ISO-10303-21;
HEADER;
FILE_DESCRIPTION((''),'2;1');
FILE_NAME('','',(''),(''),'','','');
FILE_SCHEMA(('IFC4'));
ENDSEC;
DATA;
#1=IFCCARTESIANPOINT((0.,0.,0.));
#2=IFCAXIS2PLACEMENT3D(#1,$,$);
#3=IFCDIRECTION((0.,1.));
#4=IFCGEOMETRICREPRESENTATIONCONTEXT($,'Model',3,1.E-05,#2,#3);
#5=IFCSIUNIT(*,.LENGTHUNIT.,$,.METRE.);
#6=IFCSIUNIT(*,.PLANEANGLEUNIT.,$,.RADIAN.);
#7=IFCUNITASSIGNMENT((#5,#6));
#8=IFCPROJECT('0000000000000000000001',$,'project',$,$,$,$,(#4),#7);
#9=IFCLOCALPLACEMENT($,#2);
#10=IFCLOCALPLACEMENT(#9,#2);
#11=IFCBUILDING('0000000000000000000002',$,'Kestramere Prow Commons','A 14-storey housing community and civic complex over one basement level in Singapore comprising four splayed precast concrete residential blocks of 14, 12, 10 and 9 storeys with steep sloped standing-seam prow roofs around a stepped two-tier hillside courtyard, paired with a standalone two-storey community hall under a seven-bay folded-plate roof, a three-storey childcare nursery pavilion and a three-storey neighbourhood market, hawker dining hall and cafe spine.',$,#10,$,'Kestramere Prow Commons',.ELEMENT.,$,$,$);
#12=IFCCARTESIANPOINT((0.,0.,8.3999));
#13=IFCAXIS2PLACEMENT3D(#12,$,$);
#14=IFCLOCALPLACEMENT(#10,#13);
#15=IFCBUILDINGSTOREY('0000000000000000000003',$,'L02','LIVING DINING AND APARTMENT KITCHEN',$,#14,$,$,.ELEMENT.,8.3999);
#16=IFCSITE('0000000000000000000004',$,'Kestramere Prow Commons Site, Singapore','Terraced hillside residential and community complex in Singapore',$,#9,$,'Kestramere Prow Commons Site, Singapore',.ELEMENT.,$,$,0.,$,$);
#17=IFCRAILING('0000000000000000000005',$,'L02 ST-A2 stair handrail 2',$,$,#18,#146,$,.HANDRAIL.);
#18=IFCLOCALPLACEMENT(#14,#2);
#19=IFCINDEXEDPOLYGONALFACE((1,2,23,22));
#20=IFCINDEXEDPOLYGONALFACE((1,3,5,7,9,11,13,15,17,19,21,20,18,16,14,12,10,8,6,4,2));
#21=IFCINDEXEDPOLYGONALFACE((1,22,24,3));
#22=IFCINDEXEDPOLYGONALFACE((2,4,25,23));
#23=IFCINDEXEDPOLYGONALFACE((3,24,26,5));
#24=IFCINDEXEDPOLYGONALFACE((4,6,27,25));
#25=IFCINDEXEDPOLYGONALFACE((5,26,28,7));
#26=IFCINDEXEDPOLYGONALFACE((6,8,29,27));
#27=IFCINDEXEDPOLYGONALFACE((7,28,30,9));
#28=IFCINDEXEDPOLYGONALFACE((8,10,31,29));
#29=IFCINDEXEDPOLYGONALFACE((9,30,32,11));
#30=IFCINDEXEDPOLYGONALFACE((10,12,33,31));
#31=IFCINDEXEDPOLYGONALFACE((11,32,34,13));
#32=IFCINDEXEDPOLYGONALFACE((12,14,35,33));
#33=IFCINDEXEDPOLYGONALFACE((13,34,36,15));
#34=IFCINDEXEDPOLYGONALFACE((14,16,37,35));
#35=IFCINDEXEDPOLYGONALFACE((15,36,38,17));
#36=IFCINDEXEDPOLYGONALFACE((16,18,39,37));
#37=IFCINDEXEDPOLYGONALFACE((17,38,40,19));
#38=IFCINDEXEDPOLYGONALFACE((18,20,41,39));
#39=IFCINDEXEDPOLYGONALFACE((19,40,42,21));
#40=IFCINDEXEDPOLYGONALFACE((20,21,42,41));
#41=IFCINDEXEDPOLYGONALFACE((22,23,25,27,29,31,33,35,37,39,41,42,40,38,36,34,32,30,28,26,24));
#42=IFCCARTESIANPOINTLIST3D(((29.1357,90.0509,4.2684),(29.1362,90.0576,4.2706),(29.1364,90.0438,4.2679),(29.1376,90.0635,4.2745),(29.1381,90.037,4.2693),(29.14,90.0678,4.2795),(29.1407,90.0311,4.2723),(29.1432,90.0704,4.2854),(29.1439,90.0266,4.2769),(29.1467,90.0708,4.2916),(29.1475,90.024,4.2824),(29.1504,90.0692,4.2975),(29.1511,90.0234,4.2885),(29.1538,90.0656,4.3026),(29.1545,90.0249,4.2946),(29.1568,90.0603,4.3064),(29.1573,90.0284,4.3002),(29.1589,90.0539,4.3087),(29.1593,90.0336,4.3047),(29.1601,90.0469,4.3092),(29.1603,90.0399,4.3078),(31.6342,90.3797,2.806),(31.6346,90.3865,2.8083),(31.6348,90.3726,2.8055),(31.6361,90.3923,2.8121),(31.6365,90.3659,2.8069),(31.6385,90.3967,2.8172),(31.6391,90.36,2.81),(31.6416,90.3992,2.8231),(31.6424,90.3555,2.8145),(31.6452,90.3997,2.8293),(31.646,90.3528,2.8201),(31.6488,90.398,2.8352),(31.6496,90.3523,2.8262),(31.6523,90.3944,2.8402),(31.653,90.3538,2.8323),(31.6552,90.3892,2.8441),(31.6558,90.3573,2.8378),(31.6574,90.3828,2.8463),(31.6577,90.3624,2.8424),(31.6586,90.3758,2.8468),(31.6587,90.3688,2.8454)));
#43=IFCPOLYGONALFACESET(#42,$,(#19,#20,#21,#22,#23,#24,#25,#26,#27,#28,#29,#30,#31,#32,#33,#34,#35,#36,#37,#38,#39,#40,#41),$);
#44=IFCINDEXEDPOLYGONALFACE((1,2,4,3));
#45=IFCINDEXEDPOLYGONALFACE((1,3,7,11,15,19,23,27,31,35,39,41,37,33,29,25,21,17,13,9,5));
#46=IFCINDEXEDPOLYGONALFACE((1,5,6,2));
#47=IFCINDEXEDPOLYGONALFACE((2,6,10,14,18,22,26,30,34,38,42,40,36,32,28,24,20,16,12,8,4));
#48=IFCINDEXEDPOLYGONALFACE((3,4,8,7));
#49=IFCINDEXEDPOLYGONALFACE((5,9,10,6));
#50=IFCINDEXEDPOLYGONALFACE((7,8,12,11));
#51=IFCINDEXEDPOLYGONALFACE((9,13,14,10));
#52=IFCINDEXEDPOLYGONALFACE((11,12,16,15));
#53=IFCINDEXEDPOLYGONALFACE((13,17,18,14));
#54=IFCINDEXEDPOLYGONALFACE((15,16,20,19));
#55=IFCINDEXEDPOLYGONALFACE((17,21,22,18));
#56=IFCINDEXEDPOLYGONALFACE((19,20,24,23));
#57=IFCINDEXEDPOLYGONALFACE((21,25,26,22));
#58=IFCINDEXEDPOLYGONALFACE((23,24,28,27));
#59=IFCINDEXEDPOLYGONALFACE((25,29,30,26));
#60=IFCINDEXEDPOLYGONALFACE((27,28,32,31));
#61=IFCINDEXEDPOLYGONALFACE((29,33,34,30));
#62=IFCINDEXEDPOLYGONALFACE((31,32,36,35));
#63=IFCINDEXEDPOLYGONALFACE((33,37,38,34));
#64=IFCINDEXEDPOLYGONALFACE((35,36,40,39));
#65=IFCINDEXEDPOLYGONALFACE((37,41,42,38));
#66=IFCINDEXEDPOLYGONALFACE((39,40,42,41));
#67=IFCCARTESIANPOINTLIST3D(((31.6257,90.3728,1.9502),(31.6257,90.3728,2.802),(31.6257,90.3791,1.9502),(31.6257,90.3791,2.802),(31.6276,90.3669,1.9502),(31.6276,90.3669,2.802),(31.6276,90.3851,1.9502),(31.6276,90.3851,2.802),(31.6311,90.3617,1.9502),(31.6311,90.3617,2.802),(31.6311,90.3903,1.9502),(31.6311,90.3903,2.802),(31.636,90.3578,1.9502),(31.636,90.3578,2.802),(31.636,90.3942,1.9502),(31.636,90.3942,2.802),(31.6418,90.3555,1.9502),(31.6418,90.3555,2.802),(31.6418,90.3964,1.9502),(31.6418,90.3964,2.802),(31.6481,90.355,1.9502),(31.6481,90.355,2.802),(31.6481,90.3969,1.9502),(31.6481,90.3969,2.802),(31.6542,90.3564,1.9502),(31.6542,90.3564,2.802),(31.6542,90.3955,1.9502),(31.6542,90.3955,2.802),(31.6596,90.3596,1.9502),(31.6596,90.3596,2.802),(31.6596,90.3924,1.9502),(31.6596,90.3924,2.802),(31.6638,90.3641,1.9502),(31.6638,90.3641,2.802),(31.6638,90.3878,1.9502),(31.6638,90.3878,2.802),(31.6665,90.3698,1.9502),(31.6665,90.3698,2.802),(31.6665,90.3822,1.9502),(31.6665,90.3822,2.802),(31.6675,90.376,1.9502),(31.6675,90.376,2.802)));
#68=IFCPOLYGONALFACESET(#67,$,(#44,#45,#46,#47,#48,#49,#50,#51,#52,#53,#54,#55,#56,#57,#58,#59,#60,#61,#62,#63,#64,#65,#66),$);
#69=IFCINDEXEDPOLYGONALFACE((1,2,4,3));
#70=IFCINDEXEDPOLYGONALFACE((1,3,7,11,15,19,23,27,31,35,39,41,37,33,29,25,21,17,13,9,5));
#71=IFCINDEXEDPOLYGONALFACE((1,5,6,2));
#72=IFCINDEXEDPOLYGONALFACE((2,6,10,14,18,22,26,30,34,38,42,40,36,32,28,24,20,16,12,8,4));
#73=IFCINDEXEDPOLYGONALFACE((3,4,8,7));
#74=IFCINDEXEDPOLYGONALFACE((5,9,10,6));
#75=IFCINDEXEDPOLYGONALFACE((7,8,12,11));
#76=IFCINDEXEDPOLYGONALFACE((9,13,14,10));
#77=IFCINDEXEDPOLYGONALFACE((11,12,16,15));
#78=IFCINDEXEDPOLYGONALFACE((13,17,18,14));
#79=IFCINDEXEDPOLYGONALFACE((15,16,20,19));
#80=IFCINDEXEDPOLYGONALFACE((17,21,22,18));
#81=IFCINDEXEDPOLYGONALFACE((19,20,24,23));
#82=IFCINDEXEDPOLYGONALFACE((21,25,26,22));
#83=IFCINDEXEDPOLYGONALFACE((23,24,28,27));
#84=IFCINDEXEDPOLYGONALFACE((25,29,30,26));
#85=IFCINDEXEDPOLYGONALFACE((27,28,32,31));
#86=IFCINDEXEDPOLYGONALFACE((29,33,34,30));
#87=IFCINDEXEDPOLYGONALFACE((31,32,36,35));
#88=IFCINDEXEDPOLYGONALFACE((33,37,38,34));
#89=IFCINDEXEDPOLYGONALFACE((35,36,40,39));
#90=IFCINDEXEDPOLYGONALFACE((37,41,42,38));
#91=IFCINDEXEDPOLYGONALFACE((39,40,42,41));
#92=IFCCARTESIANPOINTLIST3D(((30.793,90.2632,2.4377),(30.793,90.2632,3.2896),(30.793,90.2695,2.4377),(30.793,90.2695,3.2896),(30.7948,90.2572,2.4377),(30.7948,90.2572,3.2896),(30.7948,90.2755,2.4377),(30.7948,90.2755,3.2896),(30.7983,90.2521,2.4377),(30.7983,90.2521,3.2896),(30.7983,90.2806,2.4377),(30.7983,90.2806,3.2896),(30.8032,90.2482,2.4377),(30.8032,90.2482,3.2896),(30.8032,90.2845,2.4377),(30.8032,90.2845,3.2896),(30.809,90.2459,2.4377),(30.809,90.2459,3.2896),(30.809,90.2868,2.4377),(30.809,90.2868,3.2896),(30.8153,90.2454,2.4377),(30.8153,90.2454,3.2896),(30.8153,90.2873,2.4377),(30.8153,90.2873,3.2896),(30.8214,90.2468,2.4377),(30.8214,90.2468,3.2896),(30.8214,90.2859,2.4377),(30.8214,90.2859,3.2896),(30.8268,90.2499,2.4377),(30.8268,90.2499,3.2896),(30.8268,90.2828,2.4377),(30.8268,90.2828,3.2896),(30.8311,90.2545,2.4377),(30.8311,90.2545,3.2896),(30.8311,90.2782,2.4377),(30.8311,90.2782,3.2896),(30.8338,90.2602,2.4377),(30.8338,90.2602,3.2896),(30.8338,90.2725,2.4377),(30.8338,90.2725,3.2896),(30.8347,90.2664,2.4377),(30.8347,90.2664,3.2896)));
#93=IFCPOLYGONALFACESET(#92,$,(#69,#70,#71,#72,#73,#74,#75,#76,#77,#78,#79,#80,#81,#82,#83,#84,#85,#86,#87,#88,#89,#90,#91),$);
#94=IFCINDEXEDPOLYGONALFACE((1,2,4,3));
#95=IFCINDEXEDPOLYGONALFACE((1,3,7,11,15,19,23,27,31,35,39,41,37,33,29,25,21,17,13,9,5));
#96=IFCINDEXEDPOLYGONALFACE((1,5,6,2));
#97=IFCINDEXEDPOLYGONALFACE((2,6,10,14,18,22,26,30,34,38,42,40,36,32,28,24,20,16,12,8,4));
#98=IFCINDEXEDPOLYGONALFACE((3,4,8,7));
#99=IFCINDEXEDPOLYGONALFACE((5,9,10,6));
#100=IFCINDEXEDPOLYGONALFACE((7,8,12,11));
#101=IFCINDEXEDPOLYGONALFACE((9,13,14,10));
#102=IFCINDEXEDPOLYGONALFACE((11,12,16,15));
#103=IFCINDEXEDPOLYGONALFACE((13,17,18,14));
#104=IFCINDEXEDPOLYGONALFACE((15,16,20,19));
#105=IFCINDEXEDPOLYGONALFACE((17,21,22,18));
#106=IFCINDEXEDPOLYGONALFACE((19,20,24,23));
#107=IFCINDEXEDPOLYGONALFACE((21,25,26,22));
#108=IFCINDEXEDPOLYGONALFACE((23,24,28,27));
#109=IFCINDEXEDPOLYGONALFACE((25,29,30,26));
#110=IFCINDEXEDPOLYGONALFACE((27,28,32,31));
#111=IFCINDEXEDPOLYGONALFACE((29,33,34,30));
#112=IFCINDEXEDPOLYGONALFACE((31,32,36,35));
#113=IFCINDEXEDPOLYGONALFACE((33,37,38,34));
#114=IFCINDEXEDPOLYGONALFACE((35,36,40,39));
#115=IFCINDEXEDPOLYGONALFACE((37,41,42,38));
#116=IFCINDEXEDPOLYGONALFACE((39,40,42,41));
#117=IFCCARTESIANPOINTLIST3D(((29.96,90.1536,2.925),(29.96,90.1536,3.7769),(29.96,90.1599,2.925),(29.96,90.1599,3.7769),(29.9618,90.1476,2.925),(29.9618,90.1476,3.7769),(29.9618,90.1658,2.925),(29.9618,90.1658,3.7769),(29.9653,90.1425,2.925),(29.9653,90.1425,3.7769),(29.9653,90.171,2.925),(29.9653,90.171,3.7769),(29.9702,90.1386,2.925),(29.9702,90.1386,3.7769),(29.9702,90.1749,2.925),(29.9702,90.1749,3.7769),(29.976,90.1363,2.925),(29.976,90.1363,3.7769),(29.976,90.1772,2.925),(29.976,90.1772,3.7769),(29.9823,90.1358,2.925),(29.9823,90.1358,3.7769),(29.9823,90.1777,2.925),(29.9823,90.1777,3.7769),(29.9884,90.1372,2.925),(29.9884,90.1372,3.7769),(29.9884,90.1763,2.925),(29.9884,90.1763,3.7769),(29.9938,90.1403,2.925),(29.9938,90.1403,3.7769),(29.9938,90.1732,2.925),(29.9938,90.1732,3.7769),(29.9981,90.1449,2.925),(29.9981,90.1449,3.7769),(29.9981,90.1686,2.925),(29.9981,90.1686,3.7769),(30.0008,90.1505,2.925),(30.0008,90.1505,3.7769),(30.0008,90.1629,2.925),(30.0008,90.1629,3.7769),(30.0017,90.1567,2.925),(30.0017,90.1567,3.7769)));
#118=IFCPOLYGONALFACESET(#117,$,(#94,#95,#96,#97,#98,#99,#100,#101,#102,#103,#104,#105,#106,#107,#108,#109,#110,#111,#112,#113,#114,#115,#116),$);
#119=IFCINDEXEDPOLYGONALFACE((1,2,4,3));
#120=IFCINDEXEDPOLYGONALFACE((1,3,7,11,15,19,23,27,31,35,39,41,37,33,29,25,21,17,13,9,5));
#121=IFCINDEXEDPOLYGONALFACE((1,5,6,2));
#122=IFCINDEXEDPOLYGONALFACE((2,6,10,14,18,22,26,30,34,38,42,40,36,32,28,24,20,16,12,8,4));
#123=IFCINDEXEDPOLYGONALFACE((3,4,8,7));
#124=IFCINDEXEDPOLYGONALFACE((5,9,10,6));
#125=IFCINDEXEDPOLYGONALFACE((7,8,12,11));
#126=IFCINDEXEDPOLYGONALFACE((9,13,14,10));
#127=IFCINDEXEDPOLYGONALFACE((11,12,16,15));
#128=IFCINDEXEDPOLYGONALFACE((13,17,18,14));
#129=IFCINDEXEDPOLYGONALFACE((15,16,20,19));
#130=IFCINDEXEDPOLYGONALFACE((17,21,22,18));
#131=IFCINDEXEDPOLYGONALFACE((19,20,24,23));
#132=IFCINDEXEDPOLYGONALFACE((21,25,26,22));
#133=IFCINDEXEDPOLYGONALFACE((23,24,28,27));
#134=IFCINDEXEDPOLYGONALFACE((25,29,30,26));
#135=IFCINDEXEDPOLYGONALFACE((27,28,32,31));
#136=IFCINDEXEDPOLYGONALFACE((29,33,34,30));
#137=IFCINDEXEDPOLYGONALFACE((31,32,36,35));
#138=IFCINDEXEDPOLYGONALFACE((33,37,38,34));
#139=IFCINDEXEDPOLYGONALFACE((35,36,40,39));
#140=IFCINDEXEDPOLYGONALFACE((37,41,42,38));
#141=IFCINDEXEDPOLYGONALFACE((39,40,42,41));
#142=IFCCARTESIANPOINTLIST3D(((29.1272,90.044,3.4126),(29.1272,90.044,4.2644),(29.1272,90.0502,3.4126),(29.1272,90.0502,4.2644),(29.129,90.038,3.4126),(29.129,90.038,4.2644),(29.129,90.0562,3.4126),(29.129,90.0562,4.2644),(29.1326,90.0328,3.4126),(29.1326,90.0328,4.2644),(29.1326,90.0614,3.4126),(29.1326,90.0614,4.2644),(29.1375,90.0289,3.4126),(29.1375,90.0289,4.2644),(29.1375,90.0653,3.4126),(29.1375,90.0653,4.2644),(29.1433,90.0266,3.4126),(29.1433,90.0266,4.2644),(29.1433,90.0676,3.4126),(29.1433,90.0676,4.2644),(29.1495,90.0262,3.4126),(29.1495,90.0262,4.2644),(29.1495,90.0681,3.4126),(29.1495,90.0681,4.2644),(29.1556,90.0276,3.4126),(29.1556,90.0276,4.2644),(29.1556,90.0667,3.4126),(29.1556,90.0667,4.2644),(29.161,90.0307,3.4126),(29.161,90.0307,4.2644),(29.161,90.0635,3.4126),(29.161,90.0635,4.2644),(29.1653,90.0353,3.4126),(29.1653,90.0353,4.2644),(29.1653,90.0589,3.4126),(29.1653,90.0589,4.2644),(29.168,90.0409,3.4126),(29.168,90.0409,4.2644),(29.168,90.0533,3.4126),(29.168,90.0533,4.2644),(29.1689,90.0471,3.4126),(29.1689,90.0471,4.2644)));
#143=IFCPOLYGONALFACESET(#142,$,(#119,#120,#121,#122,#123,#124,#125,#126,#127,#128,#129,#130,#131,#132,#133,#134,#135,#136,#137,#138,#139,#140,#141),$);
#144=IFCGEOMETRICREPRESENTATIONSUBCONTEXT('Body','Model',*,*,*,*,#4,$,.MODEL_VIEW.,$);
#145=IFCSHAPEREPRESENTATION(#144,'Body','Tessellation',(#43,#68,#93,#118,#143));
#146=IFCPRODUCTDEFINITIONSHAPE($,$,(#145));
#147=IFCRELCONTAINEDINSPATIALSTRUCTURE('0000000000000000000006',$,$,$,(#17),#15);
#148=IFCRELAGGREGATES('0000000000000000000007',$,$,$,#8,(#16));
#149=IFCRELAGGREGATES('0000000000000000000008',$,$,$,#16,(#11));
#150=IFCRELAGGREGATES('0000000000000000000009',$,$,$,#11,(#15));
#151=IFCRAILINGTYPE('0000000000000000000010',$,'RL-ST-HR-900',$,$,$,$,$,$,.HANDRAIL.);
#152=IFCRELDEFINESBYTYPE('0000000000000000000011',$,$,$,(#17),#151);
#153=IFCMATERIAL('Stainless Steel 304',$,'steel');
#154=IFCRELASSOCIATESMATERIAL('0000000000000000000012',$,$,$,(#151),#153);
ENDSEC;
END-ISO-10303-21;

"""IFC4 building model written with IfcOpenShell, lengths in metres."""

from ifc_helpers import new_model, si_unit, direction, frame, origin, origin_2d, place, context, subcontext, project, spatial, circle, extrude, material, type_object, element, save


model = new_model("IFC4")

# Units and contexts
model_context = context("Model", 3, precision=1e-05, world=origin(), true_north=direction((0.0, 1.0)))
body_context = subcontext(model_context, "Body", "Model", "MODEL_VIEW")
ifc_project = project(units=[si_unit("LENGTHUNIT", "METRE"), si_unit("PLANEANGLEUNIT", "RADIAN")], contexts=[model_context])

# Site, building, storey
site_placement = place(None, origin())
site = spatial("IfcSite", under=ifc_project, at=site_placement, Name="Kestramere Prow Commons Site, Singapore", Description="Terraced hillside residential and community complex in Singapore", LongName="Kestramere Prow Commons Site, Singapore", CompositionType="ELEMENT", RefElevation=0.0)
building_placement = place(site_placement, origin())
building = spatial("IfcBuilding", under=site, at=building_placement, Name="Kestramere Prow Commons", Description="A 14-storey housing community and civic complex over one basement level in Singapore comprising four splayed precast concrete residential blocks of 14, 12, 10 and 9 storeys with steep sloped standing-seam prow roofs around a stepped two-tier hillside courtyard, paired with a standalone two-storey community hall under a seven-bay folded-plate roof, a three-storey childcare nursery pavilion and a three-storey neighbourhood market, hawker dining hall and cafe spine.", LongName="Kestramere Prow Commons", CompositionType="ELEMENT")
storey_placement = place(building_placement, frame((0.0, 0.0, 8.3999)))
storey = spatial("IfcBuildingStorey", under=building, at=storey_placement, Name="L02", Description="LIVING DINING AND APARTMENT KITCHEN", CompositionType="ELEMENT", Elevation=8.3999)

# Railing
ifc_material_1 = material(Name="Stainless Steel 304", Category="steel")
railing_type_1 = type_object("IfcRailingType", Name="RL-ST-HR-900", PredefinedType="HANDRAIL", material=ifc_material_1)
railing_1_placement = place(storey_placement, frame((31.6465, 90.376, 1.9502)))
element("IfcRailing", 1, at=railing_1_placement, inside=storey, type_object=railing_type_1, Name="L02 ST-A2 stair handrail 2", PredefinedType="HANDRAIL", context=body_context, shape_type="SweptSolid", body=[
    extrude(circle(Radius=0.0239, at=origin_2d()), frame((0.0, 0.0, 0.876), z_axis=(-0.857523, -0.112867, 0.501912), x_axis=(0.130495, -0.991449, 0.0)), (0.0, 0.0, 1.0), 2.9136),
    extrude(circle(Radius=0.021, at=origin_2d()), origin(), (0.0, 0.0, 1.0), 0.8518),
    extrude(circle(Radius=0.021, at=origin_2d()), frame((-0.8328, -0.1096, 0.4875)), (0.0, 0.0, 1.0), 0.8518),
    extrude(circle(Radius=0.021, at=origin_2d()), frame((-1.6658, -0.2192, 0.9749)), (0.0, 0.0, 1.0), 0.8518),
    extrude(circle(Radius=0.021, at=origin_2d()), frame((-2.4985, -0.3289, 1.4624)), (0.0, 0.0, 1.0), 0.8518),
])

save(model, "model.ifc")
